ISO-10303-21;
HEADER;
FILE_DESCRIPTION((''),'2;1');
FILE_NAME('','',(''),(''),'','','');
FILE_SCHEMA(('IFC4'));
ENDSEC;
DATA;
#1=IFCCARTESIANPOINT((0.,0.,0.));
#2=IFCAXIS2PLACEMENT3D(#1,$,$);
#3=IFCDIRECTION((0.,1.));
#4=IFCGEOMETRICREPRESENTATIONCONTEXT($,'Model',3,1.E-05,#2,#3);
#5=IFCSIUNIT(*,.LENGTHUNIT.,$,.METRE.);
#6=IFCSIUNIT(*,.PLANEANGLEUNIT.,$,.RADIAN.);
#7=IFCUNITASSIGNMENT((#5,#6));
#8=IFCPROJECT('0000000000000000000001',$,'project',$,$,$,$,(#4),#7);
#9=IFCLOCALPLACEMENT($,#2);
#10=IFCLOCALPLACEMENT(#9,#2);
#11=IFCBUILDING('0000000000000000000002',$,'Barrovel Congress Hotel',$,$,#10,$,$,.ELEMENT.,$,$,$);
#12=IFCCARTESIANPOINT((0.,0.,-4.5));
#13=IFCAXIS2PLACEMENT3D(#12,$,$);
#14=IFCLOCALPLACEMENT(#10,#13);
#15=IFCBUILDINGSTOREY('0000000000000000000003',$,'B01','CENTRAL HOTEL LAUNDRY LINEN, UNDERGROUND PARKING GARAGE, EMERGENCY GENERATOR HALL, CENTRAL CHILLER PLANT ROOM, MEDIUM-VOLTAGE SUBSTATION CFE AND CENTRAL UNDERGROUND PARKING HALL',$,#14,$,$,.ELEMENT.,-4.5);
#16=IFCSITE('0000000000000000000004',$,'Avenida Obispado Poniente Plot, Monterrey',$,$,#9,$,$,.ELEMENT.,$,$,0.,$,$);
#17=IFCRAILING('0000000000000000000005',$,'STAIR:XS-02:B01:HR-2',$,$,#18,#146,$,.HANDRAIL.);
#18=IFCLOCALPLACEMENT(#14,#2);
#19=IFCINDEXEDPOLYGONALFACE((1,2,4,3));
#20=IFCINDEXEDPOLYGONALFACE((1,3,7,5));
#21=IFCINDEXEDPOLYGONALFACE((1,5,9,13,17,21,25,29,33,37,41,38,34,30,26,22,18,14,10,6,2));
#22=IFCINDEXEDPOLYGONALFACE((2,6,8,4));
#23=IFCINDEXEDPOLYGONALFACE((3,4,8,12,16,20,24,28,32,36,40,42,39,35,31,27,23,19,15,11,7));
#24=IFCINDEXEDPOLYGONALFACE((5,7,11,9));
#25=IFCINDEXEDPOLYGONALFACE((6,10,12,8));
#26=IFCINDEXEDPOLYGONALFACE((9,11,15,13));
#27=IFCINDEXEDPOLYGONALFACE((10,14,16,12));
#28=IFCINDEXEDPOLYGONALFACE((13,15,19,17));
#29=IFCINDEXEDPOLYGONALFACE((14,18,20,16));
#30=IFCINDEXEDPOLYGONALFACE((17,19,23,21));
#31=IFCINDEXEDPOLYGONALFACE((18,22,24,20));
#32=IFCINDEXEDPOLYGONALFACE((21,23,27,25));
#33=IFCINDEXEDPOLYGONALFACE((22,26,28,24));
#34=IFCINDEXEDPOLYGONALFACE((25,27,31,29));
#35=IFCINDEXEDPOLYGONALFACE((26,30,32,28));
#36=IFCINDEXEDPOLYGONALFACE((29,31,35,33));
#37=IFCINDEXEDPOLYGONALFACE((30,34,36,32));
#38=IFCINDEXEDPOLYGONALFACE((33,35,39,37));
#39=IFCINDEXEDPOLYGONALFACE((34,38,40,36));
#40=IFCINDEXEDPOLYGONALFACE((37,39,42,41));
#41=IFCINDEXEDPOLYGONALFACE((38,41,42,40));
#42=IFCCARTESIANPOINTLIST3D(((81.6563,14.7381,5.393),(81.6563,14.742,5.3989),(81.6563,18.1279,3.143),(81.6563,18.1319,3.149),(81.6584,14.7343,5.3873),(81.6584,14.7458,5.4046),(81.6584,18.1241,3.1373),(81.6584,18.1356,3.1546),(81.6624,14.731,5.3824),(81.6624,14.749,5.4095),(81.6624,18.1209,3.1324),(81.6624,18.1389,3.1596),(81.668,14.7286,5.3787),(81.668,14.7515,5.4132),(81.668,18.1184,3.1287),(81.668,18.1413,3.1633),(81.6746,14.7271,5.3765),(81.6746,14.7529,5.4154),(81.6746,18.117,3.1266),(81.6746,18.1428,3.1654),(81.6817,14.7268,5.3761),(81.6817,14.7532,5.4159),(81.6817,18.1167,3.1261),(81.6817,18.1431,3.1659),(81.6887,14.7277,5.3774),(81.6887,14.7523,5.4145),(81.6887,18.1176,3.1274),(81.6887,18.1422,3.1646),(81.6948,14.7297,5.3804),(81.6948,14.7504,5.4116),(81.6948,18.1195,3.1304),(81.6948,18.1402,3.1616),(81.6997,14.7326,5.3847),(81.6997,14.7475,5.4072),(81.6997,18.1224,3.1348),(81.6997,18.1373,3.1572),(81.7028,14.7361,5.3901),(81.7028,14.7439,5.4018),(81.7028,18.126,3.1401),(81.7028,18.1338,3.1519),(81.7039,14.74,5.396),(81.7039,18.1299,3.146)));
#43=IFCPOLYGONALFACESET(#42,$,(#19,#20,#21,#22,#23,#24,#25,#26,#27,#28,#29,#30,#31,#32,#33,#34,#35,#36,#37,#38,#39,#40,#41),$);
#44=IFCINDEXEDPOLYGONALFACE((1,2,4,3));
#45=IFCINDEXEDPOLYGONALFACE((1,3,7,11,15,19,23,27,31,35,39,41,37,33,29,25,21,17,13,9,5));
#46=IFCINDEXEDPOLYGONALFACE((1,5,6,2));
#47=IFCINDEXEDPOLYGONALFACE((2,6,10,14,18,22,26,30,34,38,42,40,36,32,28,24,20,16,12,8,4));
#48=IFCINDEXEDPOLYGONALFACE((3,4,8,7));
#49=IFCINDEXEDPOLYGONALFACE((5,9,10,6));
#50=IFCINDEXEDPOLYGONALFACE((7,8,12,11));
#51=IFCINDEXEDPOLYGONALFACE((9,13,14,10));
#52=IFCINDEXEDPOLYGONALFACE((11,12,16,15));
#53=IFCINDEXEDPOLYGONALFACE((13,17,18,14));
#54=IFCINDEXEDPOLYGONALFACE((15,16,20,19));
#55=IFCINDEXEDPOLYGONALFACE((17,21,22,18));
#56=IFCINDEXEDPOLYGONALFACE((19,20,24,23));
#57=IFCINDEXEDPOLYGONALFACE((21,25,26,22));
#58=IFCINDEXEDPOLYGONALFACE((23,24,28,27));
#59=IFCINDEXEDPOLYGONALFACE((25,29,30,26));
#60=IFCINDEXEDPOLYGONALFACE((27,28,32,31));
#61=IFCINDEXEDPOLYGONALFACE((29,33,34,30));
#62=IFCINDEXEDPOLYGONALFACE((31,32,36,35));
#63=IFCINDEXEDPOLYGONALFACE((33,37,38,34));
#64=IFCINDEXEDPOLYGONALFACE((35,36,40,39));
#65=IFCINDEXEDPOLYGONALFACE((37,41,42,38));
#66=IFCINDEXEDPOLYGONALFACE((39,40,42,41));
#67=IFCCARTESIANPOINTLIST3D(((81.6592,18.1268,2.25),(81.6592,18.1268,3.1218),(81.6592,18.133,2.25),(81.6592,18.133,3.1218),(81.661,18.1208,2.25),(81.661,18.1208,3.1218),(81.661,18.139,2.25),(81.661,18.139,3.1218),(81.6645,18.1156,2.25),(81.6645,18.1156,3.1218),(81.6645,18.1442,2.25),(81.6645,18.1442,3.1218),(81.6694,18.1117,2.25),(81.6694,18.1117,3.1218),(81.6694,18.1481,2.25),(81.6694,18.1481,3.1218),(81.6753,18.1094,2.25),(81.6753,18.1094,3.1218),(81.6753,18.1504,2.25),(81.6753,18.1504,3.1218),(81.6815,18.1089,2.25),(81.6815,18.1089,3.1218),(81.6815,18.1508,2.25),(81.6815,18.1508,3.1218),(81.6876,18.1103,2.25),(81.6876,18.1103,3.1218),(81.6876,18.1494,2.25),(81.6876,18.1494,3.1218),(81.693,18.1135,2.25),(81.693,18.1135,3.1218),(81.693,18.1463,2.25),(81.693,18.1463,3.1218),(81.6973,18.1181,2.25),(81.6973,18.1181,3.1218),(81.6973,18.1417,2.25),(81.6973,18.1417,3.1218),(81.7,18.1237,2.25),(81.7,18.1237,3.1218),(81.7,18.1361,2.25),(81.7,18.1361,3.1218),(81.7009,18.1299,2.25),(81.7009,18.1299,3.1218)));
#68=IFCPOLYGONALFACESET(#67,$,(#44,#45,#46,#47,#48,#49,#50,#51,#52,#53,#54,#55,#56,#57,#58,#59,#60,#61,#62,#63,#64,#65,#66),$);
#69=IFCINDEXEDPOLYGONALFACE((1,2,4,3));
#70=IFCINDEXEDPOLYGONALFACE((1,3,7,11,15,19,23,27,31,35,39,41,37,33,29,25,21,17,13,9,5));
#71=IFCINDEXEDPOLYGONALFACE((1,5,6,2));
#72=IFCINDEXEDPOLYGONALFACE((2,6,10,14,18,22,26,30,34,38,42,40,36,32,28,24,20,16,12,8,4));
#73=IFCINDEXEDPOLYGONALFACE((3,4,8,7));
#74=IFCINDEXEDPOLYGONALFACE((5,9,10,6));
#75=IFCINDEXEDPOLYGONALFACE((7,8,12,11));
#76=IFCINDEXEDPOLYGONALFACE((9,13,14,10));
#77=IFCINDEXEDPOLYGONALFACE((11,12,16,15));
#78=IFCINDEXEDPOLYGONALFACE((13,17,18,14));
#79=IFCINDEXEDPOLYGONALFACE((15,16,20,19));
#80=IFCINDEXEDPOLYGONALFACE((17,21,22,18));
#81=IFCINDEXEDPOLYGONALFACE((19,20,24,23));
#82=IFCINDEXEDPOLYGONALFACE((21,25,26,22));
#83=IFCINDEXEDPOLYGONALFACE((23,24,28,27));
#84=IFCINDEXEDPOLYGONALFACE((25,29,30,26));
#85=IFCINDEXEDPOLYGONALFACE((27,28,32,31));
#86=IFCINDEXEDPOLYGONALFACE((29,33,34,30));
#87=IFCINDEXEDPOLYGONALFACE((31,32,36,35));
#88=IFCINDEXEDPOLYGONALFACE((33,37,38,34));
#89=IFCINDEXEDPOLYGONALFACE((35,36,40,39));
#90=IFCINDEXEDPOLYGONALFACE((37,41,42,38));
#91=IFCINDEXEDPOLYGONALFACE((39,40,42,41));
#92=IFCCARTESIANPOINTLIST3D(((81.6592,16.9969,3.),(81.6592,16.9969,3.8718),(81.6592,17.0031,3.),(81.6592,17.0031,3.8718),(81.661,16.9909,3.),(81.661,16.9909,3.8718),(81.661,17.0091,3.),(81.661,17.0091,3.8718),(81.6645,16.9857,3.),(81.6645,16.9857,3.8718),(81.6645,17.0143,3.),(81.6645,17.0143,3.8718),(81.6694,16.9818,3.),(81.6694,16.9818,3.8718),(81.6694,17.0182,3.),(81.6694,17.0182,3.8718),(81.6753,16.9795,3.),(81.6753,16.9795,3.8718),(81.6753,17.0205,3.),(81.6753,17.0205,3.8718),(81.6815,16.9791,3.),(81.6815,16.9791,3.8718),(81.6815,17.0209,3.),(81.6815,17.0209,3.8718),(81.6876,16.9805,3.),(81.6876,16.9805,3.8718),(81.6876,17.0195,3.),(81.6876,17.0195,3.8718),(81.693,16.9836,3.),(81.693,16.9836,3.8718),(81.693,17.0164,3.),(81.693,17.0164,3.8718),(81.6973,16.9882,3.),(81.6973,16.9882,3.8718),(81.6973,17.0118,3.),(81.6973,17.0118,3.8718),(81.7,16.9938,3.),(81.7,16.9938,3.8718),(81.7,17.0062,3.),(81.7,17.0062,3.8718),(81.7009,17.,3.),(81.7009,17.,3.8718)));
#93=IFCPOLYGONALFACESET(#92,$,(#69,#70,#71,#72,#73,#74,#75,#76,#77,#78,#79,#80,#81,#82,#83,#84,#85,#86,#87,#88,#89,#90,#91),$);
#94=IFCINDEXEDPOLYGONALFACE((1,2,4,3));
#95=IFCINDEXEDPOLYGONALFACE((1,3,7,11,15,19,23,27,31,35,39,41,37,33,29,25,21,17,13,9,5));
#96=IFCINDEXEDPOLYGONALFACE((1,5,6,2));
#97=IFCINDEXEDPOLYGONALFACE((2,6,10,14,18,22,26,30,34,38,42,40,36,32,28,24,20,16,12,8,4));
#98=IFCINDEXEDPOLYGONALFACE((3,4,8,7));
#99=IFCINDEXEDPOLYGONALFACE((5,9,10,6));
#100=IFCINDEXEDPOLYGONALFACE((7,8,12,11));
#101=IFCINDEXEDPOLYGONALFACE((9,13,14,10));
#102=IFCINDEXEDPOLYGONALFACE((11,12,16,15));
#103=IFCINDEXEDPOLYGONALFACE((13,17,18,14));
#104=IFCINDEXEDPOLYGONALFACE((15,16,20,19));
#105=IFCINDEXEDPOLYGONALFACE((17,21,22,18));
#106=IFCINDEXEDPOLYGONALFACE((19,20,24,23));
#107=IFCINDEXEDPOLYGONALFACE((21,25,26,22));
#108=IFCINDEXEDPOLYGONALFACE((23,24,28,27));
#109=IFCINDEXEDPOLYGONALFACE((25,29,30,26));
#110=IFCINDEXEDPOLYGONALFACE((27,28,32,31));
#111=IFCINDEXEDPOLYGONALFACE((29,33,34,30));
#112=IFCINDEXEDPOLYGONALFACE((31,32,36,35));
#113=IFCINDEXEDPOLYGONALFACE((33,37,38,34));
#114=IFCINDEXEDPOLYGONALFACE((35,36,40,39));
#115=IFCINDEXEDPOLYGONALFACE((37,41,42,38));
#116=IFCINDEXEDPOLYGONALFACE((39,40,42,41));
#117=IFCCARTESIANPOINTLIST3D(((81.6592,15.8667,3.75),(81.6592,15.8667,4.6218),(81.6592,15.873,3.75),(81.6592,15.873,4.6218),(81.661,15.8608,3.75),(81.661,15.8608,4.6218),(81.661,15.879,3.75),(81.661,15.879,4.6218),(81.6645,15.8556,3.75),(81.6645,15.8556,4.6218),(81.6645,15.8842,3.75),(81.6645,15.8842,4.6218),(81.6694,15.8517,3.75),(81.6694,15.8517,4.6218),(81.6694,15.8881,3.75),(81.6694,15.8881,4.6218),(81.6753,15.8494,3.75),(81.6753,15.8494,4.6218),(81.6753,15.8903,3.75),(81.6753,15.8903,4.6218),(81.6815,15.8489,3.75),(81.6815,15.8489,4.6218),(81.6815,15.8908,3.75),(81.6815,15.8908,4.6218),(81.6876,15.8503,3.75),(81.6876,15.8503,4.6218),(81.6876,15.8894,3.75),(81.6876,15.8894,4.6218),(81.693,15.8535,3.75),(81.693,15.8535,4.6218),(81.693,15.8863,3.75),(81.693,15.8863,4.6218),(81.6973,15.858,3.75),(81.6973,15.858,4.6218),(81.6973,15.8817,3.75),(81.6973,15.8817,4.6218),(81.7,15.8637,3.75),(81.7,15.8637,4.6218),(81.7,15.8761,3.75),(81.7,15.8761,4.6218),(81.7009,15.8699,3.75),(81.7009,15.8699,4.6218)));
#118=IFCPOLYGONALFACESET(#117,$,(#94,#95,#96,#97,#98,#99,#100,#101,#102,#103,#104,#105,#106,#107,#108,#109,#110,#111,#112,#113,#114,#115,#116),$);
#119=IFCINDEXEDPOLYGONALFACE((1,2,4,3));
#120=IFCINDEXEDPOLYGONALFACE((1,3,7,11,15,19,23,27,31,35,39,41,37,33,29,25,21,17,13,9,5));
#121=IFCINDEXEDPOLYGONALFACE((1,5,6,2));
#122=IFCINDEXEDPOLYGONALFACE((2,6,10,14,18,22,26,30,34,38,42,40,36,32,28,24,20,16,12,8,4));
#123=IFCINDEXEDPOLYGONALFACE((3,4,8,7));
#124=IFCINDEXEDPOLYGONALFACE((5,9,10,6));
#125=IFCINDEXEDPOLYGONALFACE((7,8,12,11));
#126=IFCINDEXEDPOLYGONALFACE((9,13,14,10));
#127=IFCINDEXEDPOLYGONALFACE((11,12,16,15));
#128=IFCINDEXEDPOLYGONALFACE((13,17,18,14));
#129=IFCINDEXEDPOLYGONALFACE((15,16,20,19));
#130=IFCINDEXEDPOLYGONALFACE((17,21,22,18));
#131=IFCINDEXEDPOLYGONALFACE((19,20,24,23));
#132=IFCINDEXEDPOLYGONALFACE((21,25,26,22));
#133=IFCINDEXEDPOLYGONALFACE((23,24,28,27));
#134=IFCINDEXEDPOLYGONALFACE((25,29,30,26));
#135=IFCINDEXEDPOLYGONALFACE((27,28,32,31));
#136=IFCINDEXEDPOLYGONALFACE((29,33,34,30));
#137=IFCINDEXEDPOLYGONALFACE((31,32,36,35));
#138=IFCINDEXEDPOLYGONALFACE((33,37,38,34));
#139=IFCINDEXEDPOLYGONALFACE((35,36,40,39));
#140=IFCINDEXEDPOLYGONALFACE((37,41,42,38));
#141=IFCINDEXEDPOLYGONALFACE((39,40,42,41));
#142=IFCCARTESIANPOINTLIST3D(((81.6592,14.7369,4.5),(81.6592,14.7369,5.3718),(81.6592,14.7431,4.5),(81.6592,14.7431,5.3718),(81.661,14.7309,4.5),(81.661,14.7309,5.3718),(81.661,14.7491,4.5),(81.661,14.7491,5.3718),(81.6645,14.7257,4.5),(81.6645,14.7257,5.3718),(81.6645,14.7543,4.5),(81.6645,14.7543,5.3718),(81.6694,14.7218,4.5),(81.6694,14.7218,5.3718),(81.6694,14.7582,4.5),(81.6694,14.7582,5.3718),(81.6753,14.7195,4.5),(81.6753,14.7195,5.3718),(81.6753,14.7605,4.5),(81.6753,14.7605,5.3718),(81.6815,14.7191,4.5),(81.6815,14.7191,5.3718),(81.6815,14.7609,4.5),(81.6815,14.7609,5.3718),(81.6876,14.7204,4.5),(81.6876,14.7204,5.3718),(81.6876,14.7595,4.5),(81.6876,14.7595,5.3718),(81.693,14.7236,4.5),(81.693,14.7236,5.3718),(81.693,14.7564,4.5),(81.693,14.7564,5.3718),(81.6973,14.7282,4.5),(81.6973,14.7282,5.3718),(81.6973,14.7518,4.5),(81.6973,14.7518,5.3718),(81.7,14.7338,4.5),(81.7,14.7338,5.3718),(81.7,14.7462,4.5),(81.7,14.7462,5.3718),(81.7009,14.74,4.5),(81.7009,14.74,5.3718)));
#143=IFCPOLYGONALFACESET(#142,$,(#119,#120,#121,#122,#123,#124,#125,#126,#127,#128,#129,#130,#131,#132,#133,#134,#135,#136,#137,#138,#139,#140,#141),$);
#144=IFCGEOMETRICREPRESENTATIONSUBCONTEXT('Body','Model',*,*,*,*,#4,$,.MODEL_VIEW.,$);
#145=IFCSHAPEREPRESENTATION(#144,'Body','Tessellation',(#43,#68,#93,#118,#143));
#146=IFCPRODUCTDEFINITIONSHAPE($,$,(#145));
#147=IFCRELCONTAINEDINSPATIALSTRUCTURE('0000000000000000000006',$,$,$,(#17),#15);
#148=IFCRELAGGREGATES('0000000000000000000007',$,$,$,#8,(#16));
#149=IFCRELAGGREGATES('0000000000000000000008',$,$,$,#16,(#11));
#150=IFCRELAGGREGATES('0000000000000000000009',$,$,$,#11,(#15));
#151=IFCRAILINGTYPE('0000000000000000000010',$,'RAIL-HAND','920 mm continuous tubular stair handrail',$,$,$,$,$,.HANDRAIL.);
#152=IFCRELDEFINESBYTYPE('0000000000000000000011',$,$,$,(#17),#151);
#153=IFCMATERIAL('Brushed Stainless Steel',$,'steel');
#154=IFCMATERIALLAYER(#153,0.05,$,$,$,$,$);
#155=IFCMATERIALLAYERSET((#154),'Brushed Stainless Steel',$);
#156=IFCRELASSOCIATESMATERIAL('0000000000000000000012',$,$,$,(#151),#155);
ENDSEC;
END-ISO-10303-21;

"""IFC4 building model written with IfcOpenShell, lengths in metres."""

from ifc_helpers import new_model, si_unit, direction, frame, origin, origin_2d, place, context, subcontext, project, spatial, circle, extrude, material, layer, layer_set, type_object, element, save


model = new_model("IFC4")

# Units and contexts
model_context = context("Model", 3, precision=1e-05, world=origin(), true_north=direction((0.0, 1.0)))
body_context = subcontext(model_context, "Body", "Model", "MODEL_VIEW")
ifc_project = project(units=[si_unit("LENGTHUNIT", "METRE"), si_unit("PLANEANGLEUNIT", "RADIAN")], contexts=[model_context])

# Site, building, storey
site_placement = place(None, origin())
site = spatial("IfcSite", under=ifc_project, at=site_placement, Name="Avenida Obispado Poniente Plot, Monterrey", CompositionType="ELEMENT", RefElevation=0.0)
building_placement = place(site_placement, origin())
building = spatial("IfcBuilding", under=site, at=building_placement, Name="Barrovel Congress Hotel", CompositionType="ELEMENT")
storey_placement = place(building_placement, frame((0.0, 0.0, -4.5)))
storey = spatial("IfcBuildingStorey", under=building, at=storey_placement, Name="B01", Description="CENTRAL HOTEL LAUNDRY LINEN, UNDERGROUND PARKING GARAGE, EMERGENCY GENERATOR HALL, CENTRAL CHILLER PLANT ROOM, MEDIUM-VOLTAGE SUBSTATION CFE AND CENTRAL UNDERGROUND PARKING HALL", CompositionType="ELEMENT", Elevation=-4.5)

# Shared definitions
ifc_material_1 = material(Name="Brushed Stainless Steel", Category="steel")

# Railing
ifc_layer_1 = layer(ifc_material_1, 0.05)
ifc_layer_set_1 = layer_set([ifc_layer_1], Name="Brushed Stainless Steel")
railing_type = type_object("IfcRailingType", Name="RAIL-HAND", Description="920 mm continuous tubular stair handrail", PredefinedType="HANDRAIL", material=ifc_layer_set_1)
railing_placement = place(storey_placement, frame((81.6799, 18.1299, 2.25)))
element("IfcRailing", 1, at=railing_placement, inside=storey, type_object=railing_type, Name="STAIR:XS-02:B01:HR-2", PredefinedType="HANDRAIL", context=body_context, shape_type="SweptSolid", body=[
    extrude(circle(Radius=0.0239, at=origin_2d()), frame((0.0, 0.0, 0.896), z_axis=(0.0, -0.833175, 0.55301), x_axis=(1.0, 0.0, 0.0)), (0.0, 0.0, 1.0), 4.0686),
    extrude(circle(Radius=0.021, at=origin_2d()), origin(), (0.0, 0.0, 1.0), 0.8718),
    extrude(circle(Radius=0.021, at=origin_2d()), frame((0.0, -1.1299, 0.75)), (0.0, 0.0, 1.0), 0.8718),
    extrude(circle(Radius=0.021, at=origin_2d()), frame((0.0, -2.26, 1.5)), (0.0, 0.0, 1.0), 0.8718),
    extrude(circle(Radius=0.021, at=origin_2d()), frame((0.0, -3.3899, 2.25)), (0.0, 0.0, 1.0), 0.8718),
])

save(model, "model.ifc")
